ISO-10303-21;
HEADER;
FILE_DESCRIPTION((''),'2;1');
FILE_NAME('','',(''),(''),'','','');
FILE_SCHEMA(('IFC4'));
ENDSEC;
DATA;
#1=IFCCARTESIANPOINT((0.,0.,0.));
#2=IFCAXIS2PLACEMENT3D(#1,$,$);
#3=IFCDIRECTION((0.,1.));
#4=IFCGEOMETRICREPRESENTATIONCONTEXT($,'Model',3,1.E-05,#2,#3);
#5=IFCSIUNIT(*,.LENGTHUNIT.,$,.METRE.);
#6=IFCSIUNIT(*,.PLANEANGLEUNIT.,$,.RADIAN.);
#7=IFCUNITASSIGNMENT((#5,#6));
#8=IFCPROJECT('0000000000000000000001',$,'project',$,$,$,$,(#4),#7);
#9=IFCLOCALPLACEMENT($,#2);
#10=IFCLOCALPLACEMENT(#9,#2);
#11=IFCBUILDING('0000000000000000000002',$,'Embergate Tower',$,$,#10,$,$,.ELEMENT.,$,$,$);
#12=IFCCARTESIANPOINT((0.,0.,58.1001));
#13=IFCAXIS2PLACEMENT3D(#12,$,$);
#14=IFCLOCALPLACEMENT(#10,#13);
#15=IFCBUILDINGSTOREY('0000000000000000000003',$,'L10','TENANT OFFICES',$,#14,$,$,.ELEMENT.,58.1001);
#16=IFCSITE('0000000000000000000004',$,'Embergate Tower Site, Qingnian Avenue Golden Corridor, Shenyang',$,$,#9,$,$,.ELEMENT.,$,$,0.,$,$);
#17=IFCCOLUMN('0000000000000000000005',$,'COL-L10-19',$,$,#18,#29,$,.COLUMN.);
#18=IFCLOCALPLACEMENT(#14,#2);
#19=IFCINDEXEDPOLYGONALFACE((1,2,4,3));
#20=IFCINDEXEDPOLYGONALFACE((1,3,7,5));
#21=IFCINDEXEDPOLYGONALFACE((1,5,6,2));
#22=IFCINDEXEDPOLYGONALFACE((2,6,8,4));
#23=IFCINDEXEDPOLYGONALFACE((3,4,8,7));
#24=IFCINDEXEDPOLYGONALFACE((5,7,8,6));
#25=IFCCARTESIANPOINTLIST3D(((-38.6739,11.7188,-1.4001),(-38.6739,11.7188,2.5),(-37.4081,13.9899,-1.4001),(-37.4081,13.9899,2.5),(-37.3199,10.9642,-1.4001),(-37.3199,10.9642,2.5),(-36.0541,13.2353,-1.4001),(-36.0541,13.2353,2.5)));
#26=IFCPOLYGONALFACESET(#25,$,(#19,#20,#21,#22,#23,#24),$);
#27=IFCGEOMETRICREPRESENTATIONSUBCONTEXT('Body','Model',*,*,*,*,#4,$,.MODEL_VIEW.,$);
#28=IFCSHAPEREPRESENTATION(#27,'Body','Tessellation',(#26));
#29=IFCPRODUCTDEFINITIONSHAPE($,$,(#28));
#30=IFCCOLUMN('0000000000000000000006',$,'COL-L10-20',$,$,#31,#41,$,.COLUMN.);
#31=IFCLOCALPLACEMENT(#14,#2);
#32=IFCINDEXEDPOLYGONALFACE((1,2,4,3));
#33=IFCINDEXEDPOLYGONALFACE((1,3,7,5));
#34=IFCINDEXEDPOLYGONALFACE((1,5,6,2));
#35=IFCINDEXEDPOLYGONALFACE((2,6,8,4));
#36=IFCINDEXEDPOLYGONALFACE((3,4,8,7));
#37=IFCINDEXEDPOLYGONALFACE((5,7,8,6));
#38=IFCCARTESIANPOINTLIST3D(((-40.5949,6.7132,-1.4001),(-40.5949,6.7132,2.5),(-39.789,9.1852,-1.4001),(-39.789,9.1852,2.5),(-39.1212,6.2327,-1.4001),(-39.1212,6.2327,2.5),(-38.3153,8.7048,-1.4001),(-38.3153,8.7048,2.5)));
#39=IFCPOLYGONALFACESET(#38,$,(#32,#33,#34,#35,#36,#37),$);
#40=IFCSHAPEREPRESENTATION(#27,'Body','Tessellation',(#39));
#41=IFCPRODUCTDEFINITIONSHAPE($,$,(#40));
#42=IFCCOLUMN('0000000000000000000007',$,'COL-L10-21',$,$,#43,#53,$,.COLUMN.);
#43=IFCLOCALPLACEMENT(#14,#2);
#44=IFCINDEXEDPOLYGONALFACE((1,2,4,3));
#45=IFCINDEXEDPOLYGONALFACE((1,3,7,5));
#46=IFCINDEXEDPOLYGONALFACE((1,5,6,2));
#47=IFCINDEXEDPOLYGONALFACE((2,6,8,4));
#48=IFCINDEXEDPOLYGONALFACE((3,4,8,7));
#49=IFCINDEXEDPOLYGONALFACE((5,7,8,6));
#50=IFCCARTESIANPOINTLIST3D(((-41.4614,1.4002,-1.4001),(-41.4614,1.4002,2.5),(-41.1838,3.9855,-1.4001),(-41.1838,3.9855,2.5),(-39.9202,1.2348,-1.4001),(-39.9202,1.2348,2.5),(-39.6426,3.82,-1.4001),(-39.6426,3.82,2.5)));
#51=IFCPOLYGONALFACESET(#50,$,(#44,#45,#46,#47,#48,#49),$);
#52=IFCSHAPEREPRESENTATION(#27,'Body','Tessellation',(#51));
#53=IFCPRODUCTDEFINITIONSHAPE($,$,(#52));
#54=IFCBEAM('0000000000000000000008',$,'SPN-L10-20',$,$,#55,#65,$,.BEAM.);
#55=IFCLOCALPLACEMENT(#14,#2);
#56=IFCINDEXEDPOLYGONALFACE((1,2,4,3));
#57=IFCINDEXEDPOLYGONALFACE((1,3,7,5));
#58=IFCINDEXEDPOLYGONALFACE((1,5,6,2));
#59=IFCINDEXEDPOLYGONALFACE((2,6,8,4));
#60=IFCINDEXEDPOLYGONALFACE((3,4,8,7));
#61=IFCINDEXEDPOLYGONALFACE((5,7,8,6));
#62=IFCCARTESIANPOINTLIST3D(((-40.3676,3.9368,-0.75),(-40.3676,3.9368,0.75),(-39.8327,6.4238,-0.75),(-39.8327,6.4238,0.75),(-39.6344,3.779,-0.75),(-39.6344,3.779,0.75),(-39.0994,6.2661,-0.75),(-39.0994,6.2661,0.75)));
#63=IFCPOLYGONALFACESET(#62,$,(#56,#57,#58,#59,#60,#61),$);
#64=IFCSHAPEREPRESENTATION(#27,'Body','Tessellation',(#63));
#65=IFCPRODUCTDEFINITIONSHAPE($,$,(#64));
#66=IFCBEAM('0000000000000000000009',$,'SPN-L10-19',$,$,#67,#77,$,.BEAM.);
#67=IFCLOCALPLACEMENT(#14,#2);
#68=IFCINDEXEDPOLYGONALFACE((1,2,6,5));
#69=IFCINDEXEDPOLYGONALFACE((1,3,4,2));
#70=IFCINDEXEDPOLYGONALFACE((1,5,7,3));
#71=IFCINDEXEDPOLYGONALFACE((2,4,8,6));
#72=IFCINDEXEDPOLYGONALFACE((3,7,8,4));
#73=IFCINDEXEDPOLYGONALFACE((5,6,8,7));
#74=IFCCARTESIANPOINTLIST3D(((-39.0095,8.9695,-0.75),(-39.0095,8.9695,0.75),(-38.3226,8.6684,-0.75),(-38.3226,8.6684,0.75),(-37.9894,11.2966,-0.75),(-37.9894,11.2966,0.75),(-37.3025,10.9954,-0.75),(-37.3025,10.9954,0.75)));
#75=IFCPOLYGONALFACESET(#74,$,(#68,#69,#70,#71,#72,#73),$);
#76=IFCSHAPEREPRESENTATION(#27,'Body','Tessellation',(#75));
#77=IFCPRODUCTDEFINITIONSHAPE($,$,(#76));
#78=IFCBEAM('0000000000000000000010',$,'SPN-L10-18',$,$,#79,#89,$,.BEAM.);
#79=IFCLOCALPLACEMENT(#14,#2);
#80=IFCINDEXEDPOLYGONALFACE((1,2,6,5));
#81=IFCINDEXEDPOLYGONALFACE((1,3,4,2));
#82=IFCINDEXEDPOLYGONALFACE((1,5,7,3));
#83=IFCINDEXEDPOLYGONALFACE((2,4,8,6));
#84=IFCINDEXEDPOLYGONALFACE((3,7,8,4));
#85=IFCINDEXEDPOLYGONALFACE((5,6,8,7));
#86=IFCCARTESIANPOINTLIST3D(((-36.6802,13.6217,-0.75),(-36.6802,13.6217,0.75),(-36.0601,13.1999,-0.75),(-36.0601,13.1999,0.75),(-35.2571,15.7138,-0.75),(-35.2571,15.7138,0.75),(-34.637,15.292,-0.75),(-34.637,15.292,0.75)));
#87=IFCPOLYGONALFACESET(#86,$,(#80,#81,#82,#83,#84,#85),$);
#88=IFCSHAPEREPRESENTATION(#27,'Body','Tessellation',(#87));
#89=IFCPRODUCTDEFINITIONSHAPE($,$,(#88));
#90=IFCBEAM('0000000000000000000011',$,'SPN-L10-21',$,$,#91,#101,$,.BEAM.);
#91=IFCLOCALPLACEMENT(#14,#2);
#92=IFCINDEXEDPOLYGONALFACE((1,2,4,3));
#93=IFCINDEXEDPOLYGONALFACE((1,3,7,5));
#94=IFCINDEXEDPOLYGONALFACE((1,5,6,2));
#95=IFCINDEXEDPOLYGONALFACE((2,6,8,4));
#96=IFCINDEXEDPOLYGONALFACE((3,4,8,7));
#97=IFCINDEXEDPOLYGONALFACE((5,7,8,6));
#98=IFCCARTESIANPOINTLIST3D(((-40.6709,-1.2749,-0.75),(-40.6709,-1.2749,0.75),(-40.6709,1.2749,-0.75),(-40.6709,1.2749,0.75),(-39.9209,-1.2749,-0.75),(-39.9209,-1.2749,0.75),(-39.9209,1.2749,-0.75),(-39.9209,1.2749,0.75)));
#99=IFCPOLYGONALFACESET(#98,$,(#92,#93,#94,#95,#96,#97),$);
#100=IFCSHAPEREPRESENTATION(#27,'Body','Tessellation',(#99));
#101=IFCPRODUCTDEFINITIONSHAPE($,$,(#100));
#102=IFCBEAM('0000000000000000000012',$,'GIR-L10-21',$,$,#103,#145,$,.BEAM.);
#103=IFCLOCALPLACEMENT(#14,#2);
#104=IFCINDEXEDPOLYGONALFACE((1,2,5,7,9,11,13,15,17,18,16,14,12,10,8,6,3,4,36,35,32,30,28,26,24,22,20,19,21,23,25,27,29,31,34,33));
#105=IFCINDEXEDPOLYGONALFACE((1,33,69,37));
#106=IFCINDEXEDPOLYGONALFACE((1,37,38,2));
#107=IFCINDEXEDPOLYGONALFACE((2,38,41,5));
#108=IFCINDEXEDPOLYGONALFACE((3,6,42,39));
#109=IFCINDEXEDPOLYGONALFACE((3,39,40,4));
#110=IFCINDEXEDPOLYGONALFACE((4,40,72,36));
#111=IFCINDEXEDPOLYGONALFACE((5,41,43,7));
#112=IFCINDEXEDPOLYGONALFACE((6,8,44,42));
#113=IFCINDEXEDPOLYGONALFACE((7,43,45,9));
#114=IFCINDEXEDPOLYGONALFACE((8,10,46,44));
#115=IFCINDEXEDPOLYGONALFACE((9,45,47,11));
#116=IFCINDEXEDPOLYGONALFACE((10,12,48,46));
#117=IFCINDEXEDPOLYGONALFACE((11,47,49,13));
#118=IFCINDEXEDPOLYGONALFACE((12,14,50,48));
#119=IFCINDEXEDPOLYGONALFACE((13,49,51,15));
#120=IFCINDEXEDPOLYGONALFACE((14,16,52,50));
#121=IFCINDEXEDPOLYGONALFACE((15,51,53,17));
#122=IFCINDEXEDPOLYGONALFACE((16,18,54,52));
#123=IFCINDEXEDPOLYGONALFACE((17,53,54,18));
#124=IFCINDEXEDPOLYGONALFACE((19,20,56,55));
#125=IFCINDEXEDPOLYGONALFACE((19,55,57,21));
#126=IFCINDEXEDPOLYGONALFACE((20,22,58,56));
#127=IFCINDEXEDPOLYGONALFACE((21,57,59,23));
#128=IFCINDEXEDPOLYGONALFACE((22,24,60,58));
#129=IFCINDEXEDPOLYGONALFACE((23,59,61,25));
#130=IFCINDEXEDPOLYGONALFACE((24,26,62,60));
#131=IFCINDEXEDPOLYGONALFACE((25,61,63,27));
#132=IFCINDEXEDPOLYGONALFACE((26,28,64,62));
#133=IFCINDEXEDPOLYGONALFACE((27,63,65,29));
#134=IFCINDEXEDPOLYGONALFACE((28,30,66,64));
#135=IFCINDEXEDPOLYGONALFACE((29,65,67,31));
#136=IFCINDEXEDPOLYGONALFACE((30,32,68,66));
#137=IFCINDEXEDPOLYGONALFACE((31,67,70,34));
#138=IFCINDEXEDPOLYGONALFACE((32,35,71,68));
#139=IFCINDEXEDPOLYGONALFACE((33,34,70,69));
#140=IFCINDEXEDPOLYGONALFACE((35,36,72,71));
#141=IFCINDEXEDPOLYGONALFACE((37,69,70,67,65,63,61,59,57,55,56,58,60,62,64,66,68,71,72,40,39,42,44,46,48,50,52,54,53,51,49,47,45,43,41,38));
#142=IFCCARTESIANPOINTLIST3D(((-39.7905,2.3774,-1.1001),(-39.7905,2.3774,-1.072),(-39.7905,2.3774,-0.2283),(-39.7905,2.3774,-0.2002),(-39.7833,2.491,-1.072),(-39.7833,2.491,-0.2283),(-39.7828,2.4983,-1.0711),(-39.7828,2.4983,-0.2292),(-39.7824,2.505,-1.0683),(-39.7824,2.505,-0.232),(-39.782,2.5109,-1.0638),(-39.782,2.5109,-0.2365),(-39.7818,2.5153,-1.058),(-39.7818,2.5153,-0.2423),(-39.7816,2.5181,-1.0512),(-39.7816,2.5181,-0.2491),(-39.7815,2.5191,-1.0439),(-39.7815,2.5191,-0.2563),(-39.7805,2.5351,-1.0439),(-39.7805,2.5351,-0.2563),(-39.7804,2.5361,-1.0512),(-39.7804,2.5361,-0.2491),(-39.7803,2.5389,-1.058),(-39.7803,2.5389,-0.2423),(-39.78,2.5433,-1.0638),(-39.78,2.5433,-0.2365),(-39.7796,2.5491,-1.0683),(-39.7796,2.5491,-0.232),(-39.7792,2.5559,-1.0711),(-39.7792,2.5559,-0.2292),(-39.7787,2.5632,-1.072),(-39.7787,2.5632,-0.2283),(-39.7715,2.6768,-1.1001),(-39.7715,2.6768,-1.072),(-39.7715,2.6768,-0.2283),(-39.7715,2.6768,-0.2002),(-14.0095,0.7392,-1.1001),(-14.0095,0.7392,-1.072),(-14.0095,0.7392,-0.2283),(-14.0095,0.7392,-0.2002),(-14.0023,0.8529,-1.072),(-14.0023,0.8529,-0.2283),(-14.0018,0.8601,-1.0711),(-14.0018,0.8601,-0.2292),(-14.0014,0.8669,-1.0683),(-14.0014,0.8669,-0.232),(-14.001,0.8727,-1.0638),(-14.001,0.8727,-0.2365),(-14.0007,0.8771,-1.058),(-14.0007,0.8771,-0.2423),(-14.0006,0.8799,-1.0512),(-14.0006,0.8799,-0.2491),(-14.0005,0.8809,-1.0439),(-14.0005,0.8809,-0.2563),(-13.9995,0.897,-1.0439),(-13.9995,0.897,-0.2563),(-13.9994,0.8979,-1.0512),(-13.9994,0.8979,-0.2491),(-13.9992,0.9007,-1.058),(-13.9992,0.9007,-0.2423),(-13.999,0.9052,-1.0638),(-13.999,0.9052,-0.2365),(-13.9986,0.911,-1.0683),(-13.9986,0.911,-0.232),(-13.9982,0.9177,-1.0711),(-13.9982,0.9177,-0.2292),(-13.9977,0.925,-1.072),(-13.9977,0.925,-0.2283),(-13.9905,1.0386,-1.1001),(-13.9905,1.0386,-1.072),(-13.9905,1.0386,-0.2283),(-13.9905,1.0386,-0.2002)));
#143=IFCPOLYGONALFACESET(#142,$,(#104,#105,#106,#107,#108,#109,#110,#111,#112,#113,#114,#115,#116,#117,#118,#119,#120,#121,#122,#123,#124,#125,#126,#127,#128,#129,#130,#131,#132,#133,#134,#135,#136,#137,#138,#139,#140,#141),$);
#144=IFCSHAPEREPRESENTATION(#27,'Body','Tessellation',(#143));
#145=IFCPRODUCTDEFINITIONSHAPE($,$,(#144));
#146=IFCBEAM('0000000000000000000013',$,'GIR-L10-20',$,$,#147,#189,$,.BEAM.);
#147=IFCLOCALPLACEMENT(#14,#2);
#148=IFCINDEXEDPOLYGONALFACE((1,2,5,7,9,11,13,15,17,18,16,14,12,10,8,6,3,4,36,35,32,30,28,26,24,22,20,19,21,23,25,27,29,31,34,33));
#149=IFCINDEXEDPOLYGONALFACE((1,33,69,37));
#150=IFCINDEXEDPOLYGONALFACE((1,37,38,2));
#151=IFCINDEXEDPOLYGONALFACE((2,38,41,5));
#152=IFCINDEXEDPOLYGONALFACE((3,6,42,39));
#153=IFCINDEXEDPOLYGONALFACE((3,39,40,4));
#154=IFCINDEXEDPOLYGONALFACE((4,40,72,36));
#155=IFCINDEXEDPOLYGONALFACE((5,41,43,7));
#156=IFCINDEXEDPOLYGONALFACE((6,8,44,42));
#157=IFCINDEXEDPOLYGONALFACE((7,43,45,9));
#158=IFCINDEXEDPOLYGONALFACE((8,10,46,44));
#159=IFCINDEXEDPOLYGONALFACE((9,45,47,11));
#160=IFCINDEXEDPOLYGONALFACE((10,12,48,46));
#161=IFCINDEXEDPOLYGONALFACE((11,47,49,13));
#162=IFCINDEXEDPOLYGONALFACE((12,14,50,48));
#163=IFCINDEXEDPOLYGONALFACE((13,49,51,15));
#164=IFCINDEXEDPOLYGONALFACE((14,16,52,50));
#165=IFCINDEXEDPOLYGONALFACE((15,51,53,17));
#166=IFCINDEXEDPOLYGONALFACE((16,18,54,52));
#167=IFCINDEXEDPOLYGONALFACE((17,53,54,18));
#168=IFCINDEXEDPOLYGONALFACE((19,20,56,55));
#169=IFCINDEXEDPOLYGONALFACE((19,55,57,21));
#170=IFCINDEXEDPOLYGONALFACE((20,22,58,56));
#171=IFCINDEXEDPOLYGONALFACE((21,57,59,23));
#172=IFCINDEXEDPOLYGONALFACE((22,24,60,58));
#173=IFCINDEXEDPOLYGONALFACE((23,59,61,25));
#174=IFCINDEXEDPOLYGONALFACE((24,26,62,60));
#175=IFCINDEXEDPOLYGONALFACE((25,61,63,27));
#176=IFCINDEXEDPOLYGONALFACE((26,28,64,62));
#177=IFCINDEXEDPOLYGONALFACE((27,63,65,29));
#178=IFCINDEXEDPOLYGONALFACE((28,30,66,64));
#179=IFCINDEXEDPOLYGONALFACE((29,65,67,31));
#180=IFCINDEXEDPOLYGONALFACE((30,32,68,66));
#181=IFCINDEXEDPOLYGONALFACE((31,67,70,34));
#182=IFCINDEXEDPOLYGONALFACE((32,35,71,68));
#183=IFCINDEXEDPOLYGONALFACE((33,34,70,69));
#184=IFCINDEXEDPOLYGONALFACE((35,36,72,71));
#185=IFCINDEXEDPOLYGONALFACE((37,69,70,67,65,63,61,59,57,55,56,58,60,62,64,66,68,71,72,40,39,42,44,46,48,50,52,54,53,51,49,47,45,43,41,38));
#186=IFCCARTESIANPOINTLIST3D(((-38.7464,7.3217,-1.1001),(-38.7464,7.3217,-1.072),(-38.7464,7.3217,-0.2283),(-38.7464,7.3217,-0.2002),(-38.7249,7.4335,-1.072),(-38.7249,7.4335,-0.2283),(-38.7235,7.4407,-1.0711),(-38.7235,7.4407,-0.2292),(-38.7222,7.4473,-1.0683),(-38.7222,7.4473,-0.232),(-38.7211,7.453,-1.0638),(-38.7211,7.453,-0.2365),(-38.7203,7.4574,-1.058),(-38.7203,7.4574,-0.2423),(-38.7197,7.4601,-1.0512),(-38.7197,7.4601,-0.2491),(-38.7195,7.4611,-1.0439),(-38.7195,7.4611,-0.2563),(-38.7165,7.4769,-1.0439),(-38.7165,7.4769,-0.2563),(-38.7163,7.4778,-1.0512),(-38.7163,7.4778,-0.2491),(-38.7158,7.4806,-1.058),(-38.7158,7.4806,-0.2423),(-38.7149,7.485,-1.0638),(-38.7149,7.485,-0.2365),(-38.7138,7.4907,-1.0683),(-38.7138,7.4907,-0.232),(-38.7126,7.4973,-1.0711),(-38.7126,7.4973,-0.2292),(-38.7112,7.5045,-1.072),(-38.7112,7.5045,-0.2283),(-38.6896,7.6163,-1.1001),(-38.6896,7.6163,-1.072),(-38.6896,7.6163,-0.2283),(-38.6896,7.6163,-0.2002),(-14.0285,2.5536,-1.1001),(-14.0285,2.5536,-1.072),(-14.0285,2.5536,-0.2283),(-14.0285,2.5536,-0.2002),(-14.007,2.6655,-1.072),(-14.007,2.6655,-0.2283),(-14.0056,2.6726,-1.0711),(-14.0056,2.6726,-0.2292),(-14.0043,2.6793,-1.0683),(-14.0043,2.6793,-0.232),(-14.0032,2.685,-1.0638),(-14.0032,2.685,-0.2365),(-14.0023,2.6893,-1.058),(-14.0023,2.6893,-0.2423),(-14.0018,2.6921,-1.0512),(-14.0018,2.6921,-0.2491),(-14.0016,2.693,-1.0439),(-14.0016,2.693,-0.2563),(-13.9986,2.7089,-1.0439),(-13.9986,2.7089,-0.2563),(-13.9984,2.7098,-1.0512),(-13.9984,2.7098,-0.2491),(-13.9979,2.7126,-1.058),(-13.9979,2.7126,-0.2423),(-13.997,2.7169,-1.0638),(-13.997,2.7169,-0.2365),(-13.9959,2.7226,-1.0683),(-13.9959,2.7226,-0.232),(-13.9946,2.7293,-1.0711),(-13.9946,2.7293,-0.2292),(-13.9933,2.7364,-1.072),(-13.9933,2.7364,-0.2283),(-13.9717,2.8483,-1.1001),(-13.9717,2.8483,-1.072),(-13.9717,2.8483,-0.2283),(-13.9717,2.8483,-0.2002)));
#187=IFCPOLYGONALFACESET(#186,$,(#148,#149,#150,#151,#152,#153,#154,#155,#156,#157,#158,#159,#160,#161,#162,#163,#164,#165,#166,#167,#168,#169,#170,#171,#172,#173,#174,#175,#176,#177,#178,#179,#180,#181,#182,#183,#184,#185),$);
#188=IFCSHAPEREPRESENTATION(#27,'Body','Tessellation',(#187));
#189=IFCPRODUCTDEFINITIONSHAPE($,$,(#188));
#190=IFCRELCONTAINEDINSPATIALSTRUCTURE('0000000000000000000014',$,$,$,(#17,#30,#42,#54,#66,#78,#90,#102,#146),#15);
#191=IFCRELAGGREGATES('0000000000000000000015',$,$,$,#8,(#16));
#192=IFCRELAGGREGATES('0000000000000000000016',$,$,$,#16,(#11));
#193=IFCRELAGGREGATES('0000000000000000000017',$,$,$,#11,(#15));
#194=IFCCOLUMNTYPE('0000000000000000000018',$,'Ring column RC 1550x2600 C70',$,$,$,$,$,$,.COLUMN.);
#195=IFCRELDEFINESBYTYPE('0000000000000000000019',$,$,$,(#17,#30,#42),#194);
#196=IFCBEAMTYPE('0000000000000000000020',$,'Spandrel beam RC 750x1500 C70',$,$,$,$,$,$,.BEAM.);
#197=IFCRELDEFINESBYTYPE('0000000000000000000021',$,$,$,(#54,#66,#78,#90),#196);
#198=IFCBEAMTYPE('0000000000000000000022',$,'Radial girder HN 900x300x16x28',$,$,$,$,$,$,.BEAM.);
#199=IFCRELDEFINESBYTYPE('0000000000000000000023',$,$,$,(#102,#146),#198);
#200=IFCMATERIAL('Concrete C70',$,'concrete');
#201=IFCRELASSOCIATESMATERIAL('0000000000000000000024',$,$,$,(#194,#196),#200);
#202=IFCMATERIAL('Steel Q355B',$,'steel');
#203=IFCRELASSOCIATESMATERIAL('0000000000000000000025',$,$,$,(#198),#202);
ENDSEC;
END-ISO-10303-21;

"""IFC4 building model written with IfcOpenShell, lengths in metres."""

from ifc_helpers import new_model, si_unit, direction, frame, origin, origin_2d, place, context, subcontext, project, spatial, rectangle, i_section, extrude, source, transform, mapped, material, material_profile, profile_set, type_object, element, save


model = new_model("IFC4")

# Units and contexts
model_context = context("Model", 3, precision=1e-05, world=origin(), true_north=direction((0.0, 1.0)))
body_context = subcontext(model_context, "Body", "Model", "MODEL_VIEW")
ifc_project = project(units=[si_unit("LENGTHUNIT", "METRE"), si_unit("PLANEANGLEUNIT", "RADIAN")], contexts=[model_context])

# Site, building, storey
site_placement = place(None, origin())
site = spatial("IfcSite", under=ifc_project, at=site_placement, Name="Embergate Tower Site, Qingnian Avenue Golden Corridor, Shenyang", CompositionType="ELEMENT", RefElevation=0.0)
building_placement = place(site_placement, origin())
building = spatial("IfcBuilding", under=site, at=building_placement, Name="Embergate Tower", CompositionType="ELEMENT")
storey_placement = place(building_placement, frame((0.0, 0.0, 58.1001)))
storey = spatial("IfcBuildingStorey", under=building, at=storey_placement, Name="L10", Description="TENANT OFFICES", CompositionType="ELEMENT", Elevation=58.1001)

# Columns
ifc_material_1 = material(Name="Concrete C70", Category="concrete")
ifc_material_profile_1 = material_profile(ifc_material_1, rectangle(XDim=1.55, YDim=2.6001, at=origin_2d()), Name="RC 1550x2600")
ifc_profile_set_1 = profile_set([ifc_material_profile_1], Name="Concrete C70")
column_type = type_object("IfcColumnType", Name="Ring column RC 1550x2600 C70", PredefinedType="COLUMN", material=ifc_profile_set_1)
shared_shape_1 = source(origin(), body_context, "Body", "SweptSolid", [
    extrude(rectangle(XDim=1.55, YDim=2.6001, at=origin_2d()), origin(), (0.0, 0.0, 1.0), 3.9001),
])
for number, where, z_axis, x_axis, name in (
    (1, (-37.364, 12.4771, -1.4001), (0.0, 0.0, 1.0), (-0.8735, 0.486823, 0.0), "COL-L10-19"),
    (2, (-39.4551, 7.709, -1.4001), (0.0, 0.0, 1.0), (-0.950754, 0.309946, 0.0), "COL-L10-20"),
    (3, (-40.552, 2.6101, -1.4001), (0.0, 0.0, 1.0), (-0.994286, 0.10675, 0.0), "COL-L10-21"),
):
    element("IfcColumn", number, at=place(storey_placement, frame(where, z_axis=z_axis, x_axis=x_axis)), inside=storey, type_object=column_type, Name=name, PredefinedType="COLUMN", context=body_context, shape_type="MappedRepresentation", body=[
        mapped(shared_shape_1, transform((0.0, 0.0, 0.0))),
    ])

# Beams
ifc_material_profile_2 = material_profile(ifc_material_1, rectangle(XDim=0.75, YDim=1.5, at=origin_2d()), Name="RC 750x1500")
ifc_profile_set_2 = profile_set([ifc_material_profile_2], Name="Concrete C70")
beam_type_1 = type_object("IfcBeamType", Name="Spandrel beam RC 750x1500 C70", PredefinedType="BEAM", material=ifc_profile_set_2)
shared_shape_2 = source(origin(), body_context, "Body", "SweptSolid", [
    extrude(rectangle(XDim=0.75, YDim=1.5, at=origin_2d()), origin(), (0.0, 0.0, 1.0), 2.5439),
])
beam_1_placement = place(storey_placement, frame((-39.4661, 6.345, 0.0), z_axis=(-0.21027, -0.977643, 0.0), x_axis=(0.977643, -0.21027, 0.0)))
element("IfcBeam", 4, at=beam_1_placement, inside=storey, type_object=beam_type_1, Name="SPN-L10-20", PredefinedType="BEAM", context=body_context, shape_type="MappedRepresentation", body=[
    mapped(shared_shape_2, transform((0.0, 0.0, 0.0))),
])
shared_shape_3 = source(origin(), body_context, "Body", "SweptSolid", [
    extrude(rectangle(XDim=0.75, YDim=1.5, at=origin_2d()), origin(), (0.0, 0.0, 1.0), 2.5408),
])
beam_2_placement = place(storey_placement, frame((-37.646, 11.146, 0.0), z_axis=(-0.401479, -0.915868, 0.0), x_axis=(0.915868, -0.401479, 0.0)))
element("IfcBeam", 5, at=beam_2_placement, inside=storey, type_object=beam_type_1, Name="SPN-L10-19", PredefinedType="BEAM", context=body_context, shape_type="MappedRepresentation", body=[
    mapped(shared_shape_3, transform((0.0, 0.0, 0.0))),
])
shared_shape_4 = source(origin(), body_context, "Body", "SweptSolid", [
    extrude(rectangle(XDim=0.75, YDim=1.5, at=origin_2d()), origin(), (0.0, 0.0, 1.0), 2.5303),
])
beam_3_placement = place(storey_placement, frame((-34.947, 15.5029, 0.0), z_axis=(-0.562447, -0.826833, 0.0), x_axis=(0.826833, -0.562447, 0.0)))
element("IfcBeam", 6, at=beam_3_placement, inside=storey, type_object=beam_type_1, Name="SPN-L10-18", PredefinedType="BEAM", context=body_context, shape_type="MappedRepresentation", body=[
    mapped(shared_shape_4, transform((0.0, 0.0, 0.0))),
])
shared_shape_5 = source(origin(), body_context, "Body", "SweptSolid", [
    extrude(rectangle(XDim=0.75, YDim=1.5, at=origin_2d()), origin(), (0.0, 0.0, 1.0), 2.5498),
])
beam_4_placement = place(storey_placement, frame((-40.2959, 1.2749, 0.0), z_axis=(0.0, -1.0, 0.0), x_axis=(1.0, 0.0, 0.0)))
element("IfcBeam", 7, at=beam_4_placement, inside=storey, type_object=beam_type_1, Name="SPN-L10-21", PredefinedType="BEAM", context=body_context, shape_type="MappedRepresentation", body=[
    mapped(shared_shape_5, transform((0.0, 0.0, 0.0))),
])
ifc_material_2 = material(Name="Steel Q355B", Category="steel")
ifc_material_profile_3 = material_profile(ifc_material_2, i_section(OverallWidth=0.3, OverallDepth=0.8999, WebThickness=0.0161, FlangeThickness=0.0281, FilletRadius=0.0281, at=origin_2d()), Name="HN 900x300x16x28")
ifc_profile_set_3 = profile_set([ifc_material_profile_3], Name="Steel Q355 grade B")
beam_type_2 = type_object("IfcBeamType", Name="Radial girder HN 900x300x16x28", PredefinedType="BEAM", material=ifc_profile_set_3)
shared_shape_6 = source(origin(), body_context, "Body", "SweptSolid", [
    extrude(i_section(OverallWidth=0.3, OverallDepth=0.8999, WebThickness=0.0161, FlangeThickness=0.0281, FilletRadius=0.0281, at=origin_2d()), origin(), (0.0, 0.0, 1.0), 25.833),
])
beam_5_placement = place(storey_placement, frame((-39.781, 2.5271, -0.6501), z_axis=(0.997987, -0.063414, 0.0), x_axis=(0.063414, 0.997987, 0.0)))
element("IfcBeam", 8, at=beam_5_placement, inside=storey, type_object=beam_type_2, Name="GIR-L10-21", PredefinedType="BEAM", context=body_context, shape_type="MappedRepresentation", body=[
    mapped(shared_shape_6, transform((0.0, 0.0, 0.0))),
])
shared_shape_7 = source(origin(), body_context, "Body", "SweptSolid", [
    extrude(i_section(OverallWidth=0.3, OverallDepth=0.8999, WebThickness=0.0161, FlangeThickness=0.0281, FilletRadius=0.0281, at=origin_2d()), origin(), (0.0, 0.0, 1.0), 25.1736),
])
beam_6_placement = place(storey_placement, frame((-38.718, 7.469, -0.6501), z_axis=(0.981899, -0.189407, 0.0), x_axis=(0.189407, 0.981899, 0.0)))
element("IfcBeam", 9, at=beam_6_placement, inside=storey, type_object=beam_type_2, Name="GIR-L10-20", PredefinedType="BEAM", context=body_context, shape_type="MappedRepresentation", body=[
    mapped(shared_shape_7, transform((0.0, 0.0, 0.0))),
])

save(model, "model.ifc")
